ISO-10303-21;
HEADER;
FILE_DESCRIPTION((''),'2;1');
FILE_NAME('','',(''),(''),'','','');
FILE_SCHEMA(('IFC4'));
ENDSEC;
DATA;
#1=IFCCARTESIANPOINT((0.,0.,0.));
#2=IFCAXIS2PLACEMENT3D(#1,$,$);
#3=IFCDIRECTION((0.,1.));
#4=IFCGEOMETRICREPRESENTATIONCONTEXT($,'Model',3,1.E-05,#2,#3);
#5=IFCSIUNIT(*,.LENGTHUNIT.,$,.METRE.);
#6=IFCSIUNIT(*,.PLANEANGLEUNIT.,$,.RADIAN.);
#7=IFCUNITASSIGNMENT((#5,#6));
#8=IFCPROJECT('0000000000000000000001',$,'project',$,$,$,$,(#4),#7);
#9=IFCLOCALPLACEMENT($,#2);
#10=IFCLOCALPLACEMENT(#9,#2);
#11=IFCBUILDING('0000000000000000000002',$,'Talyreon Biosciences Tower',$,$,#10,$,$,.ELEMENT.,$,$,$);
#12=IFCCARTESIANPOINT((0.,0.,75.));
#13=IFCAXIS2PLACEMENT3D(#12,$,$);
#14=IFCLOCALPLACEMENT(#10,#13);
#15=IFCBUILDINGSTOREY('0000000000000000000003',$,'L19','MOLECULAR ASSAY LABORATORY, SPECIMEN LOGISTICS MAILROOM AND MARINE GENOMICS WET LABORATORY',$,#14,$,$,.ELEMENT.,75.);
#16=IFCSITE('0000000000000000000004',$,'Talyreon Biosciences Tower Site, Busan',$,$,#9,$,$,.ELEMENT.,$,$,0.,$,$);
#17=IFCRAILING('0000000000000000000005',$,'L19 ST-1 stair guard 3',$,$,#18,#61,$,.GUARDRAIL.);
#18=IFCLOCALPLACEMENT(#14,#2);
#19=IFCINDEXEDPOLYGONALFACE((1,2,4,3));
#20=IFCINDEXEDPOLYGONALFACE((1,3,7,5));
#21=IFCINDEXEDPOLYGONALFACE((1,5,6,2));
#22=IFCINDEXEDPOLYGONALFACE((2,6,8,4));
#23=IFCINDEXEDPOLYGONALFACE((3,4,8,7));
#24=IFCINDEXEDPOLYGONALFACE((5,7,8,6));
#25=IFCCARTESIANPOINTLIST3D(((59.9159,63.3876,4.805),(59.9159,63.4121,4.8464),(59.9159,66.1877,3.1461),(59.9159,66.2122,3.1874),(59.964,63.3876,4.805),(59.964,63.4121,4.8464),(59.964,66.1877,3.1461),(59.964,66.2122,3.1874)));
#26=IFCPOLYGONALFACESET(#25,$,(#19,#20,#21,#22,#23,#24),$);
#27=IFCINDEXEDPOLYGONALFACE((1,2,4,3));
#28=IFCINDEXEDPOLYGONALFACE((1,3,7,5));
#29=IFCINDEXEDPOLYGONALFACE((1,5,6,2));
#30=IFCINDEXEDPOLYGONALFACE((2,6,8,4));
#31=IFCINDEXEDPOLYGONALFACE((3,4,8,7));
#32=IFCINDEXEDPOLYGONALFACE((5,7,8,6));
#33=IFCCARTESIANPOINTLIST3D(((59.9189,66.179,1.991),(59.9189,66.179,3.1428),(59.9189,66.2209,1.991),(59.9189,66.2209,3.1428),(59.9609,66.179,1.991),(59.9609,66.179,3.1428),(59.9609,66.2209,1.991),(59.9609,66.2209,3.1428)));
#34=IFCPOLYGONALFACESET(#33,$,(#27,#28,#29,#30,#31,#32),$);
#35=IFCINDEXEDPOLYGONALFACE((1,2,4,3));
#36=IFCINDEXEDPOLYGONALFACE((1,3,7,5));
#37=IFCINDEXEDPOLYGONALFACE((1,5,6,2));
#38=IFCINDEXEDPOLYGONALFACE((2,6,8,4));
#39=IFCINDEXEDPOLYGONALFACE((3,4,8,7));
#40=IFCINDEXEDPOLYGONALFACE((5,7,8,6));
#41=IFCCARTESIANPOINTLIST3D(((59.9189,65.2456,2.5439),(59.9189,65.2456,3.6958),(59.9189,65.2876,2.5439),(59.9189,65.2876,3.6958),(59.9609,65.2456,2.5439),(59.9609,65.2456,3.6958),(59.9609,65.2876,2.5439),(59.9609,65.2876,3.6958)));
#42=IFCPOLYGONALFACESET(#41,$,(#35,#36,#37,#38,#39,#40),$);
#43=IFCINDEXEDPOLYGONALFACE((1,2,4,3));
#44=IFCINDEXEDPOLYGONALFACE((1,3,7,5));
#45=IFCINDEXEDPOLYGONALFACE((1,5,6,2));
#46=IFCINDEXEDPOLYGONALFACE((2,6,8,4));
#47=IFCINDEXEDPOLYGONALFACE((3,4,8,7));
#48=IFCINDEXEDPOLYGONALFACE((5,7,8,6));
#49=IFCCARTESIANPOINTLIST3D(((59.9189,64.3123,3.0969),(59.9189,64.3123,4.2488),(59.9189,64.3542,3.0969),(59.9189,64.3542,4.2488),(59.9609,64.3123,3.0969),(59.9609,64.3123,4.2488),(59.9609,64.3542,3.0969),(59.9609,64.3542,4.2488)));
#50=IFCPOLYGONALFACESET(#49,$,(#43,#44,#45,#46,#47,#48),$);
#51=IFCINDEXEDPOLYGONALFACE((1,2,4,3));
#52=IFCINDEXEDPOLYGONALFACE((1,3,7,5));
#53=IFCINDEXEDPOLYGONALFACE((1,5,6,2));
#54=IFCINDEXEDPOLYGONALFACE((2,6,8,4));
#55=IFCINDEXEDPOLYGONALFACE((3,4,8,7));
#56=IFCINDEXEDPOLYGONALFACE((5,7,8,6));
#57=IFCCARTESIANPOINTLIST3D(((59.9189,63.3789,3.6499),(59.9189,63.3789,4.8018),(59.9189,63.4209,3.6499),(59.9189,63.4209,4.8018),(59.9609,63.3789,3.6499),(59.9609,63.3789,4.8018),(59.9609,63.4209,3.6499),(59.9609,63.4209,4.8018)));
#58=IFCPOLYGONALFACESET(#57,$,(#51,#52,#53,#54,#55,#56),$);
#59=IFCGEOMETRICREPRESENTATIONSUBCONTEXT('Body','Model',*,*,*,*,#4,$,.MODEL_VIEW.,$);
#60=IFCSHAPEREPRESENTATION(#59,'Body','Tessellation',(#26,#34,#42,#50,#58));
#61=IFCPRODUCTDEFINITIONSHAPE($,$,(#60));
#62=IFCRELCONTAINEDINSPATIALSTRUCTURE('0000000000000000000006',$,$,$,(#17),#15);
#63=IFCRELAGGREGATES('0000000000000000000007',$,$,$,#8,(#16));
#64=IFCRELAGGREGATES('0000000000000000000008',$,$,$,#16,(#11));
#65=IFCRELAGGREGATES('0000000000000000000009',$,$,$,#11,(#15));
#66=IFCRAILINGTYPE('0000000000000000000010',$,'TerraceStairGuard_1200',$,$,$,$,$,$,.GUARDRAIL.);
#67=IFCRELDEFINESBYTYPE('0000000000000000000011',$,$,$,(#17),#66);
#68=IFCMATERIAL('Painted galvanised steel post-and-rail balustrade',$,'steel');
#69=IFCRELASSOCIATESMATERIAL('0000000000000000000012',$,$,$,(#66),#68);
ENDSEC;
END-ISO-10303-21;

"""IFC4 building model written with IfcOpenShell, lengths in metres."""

from ifc_helpers import new_model, si_unit, direction, frame, origin, origin_2d, place, context, subcontext, project, spatial, rectangle, extrude, material, type_object, element, save


model = new_model("IFC4")

# Units and contexts
model_context = context("Model", 3, precision=1e-05, world=origin(), true_north=direction((0.0, 1.0)))
body_context = subcontext(model_context, "Body", "Model", "MODEL_VIEW")
ifc_project = project(units=[si_unit("LENGTHUNIT", "METRE"), si_unit("PLANEANGLEUNIT", "RADIAN")], contexts=[model_context])

# Site, building, storey
site_placement = place(None, origin())
site = spatial("IfcSite", under=ifc_project, at=site_placement, Name="Talyreon Biosciences Tower Site, Busan", CompositionType="ELEMENT", RefElevation=0.0)
building_placement = place(site_placement, origin())
building = spatial("IfcBuilding", under=site, at=building_placement, Name="Talyreon Biosciences Tower", CompositionType="ELEMENT")
storey_placement = place(building_placement, frame((0.0, 0.0, 75.0)))
storey = spatial("IfcBuildingStorey", under=building, at=storey_placement, Name="L19", Description="MOLECULAR ASSAY LABORATORY, SPECIMEN LOGISTICS MAILROOM AND MARINE GENOMICS WET LABORATORY", CompositionType="ELEMENT", Elevation=75.0)

# Railing
ifc_material_1 = material(Name="Painted galvanised steel post-and-rail balustrade", Category="steel")
railing_type_1 = type_object("IfcRailingType", Name="TerraceStairGuard_1200", PredefinedType="GUARDRAIL", material=ifc_material_1)
railing_1_placement = place(storey_placement, frame((59.9399, 66.2, 1.991)))
element("IfcRailing", 1, at=railing_1_placement, inside=storey, type_object=railing_type_1, Name="L19 ST-1 stair guard 3", PredefinedType="GUARDRAIL", context=body_context, shape_type="SweptSolid", body=[
    extrude(rectangle(XDim=0.0481, YDim=0.0481, at=origin_2d()), frame((0.0, 0.0, 1.1758), z_axis=(0.0, -0.860339, 0.509722), x_axis=(1.0, 0.0, 0.0)), (0.0, 0.0, 1.0), 3.2546),
    extrude(rectangle(XDim=0.042, YDim=0.042, at=origin_2d()), origin(), (0.0, 0.0, 1.0), 1.1519),
    extrude(rectangle(XDim=0.042, YDim=0.042, at=origin_2d()), frame((0.0, -0.9333, 0.553)), (0.0, 0.0, 1.0), 1.1519),
    extrude(rectangle(XDim=0.042, YDim=0.042, at=origin_2d()), frame((0.0, -1.8667, 1.106)), (0.0, 0.0, 1.0), 1.1519),
    extrude(rectangle(XDim=0.042, YDim=0.042, at=origin_2d()), frame((0.0, -2.8, 1.6589)), (0.0, 0.0, 1.0), 1.1519),
])

save(model, "model.ifc")
